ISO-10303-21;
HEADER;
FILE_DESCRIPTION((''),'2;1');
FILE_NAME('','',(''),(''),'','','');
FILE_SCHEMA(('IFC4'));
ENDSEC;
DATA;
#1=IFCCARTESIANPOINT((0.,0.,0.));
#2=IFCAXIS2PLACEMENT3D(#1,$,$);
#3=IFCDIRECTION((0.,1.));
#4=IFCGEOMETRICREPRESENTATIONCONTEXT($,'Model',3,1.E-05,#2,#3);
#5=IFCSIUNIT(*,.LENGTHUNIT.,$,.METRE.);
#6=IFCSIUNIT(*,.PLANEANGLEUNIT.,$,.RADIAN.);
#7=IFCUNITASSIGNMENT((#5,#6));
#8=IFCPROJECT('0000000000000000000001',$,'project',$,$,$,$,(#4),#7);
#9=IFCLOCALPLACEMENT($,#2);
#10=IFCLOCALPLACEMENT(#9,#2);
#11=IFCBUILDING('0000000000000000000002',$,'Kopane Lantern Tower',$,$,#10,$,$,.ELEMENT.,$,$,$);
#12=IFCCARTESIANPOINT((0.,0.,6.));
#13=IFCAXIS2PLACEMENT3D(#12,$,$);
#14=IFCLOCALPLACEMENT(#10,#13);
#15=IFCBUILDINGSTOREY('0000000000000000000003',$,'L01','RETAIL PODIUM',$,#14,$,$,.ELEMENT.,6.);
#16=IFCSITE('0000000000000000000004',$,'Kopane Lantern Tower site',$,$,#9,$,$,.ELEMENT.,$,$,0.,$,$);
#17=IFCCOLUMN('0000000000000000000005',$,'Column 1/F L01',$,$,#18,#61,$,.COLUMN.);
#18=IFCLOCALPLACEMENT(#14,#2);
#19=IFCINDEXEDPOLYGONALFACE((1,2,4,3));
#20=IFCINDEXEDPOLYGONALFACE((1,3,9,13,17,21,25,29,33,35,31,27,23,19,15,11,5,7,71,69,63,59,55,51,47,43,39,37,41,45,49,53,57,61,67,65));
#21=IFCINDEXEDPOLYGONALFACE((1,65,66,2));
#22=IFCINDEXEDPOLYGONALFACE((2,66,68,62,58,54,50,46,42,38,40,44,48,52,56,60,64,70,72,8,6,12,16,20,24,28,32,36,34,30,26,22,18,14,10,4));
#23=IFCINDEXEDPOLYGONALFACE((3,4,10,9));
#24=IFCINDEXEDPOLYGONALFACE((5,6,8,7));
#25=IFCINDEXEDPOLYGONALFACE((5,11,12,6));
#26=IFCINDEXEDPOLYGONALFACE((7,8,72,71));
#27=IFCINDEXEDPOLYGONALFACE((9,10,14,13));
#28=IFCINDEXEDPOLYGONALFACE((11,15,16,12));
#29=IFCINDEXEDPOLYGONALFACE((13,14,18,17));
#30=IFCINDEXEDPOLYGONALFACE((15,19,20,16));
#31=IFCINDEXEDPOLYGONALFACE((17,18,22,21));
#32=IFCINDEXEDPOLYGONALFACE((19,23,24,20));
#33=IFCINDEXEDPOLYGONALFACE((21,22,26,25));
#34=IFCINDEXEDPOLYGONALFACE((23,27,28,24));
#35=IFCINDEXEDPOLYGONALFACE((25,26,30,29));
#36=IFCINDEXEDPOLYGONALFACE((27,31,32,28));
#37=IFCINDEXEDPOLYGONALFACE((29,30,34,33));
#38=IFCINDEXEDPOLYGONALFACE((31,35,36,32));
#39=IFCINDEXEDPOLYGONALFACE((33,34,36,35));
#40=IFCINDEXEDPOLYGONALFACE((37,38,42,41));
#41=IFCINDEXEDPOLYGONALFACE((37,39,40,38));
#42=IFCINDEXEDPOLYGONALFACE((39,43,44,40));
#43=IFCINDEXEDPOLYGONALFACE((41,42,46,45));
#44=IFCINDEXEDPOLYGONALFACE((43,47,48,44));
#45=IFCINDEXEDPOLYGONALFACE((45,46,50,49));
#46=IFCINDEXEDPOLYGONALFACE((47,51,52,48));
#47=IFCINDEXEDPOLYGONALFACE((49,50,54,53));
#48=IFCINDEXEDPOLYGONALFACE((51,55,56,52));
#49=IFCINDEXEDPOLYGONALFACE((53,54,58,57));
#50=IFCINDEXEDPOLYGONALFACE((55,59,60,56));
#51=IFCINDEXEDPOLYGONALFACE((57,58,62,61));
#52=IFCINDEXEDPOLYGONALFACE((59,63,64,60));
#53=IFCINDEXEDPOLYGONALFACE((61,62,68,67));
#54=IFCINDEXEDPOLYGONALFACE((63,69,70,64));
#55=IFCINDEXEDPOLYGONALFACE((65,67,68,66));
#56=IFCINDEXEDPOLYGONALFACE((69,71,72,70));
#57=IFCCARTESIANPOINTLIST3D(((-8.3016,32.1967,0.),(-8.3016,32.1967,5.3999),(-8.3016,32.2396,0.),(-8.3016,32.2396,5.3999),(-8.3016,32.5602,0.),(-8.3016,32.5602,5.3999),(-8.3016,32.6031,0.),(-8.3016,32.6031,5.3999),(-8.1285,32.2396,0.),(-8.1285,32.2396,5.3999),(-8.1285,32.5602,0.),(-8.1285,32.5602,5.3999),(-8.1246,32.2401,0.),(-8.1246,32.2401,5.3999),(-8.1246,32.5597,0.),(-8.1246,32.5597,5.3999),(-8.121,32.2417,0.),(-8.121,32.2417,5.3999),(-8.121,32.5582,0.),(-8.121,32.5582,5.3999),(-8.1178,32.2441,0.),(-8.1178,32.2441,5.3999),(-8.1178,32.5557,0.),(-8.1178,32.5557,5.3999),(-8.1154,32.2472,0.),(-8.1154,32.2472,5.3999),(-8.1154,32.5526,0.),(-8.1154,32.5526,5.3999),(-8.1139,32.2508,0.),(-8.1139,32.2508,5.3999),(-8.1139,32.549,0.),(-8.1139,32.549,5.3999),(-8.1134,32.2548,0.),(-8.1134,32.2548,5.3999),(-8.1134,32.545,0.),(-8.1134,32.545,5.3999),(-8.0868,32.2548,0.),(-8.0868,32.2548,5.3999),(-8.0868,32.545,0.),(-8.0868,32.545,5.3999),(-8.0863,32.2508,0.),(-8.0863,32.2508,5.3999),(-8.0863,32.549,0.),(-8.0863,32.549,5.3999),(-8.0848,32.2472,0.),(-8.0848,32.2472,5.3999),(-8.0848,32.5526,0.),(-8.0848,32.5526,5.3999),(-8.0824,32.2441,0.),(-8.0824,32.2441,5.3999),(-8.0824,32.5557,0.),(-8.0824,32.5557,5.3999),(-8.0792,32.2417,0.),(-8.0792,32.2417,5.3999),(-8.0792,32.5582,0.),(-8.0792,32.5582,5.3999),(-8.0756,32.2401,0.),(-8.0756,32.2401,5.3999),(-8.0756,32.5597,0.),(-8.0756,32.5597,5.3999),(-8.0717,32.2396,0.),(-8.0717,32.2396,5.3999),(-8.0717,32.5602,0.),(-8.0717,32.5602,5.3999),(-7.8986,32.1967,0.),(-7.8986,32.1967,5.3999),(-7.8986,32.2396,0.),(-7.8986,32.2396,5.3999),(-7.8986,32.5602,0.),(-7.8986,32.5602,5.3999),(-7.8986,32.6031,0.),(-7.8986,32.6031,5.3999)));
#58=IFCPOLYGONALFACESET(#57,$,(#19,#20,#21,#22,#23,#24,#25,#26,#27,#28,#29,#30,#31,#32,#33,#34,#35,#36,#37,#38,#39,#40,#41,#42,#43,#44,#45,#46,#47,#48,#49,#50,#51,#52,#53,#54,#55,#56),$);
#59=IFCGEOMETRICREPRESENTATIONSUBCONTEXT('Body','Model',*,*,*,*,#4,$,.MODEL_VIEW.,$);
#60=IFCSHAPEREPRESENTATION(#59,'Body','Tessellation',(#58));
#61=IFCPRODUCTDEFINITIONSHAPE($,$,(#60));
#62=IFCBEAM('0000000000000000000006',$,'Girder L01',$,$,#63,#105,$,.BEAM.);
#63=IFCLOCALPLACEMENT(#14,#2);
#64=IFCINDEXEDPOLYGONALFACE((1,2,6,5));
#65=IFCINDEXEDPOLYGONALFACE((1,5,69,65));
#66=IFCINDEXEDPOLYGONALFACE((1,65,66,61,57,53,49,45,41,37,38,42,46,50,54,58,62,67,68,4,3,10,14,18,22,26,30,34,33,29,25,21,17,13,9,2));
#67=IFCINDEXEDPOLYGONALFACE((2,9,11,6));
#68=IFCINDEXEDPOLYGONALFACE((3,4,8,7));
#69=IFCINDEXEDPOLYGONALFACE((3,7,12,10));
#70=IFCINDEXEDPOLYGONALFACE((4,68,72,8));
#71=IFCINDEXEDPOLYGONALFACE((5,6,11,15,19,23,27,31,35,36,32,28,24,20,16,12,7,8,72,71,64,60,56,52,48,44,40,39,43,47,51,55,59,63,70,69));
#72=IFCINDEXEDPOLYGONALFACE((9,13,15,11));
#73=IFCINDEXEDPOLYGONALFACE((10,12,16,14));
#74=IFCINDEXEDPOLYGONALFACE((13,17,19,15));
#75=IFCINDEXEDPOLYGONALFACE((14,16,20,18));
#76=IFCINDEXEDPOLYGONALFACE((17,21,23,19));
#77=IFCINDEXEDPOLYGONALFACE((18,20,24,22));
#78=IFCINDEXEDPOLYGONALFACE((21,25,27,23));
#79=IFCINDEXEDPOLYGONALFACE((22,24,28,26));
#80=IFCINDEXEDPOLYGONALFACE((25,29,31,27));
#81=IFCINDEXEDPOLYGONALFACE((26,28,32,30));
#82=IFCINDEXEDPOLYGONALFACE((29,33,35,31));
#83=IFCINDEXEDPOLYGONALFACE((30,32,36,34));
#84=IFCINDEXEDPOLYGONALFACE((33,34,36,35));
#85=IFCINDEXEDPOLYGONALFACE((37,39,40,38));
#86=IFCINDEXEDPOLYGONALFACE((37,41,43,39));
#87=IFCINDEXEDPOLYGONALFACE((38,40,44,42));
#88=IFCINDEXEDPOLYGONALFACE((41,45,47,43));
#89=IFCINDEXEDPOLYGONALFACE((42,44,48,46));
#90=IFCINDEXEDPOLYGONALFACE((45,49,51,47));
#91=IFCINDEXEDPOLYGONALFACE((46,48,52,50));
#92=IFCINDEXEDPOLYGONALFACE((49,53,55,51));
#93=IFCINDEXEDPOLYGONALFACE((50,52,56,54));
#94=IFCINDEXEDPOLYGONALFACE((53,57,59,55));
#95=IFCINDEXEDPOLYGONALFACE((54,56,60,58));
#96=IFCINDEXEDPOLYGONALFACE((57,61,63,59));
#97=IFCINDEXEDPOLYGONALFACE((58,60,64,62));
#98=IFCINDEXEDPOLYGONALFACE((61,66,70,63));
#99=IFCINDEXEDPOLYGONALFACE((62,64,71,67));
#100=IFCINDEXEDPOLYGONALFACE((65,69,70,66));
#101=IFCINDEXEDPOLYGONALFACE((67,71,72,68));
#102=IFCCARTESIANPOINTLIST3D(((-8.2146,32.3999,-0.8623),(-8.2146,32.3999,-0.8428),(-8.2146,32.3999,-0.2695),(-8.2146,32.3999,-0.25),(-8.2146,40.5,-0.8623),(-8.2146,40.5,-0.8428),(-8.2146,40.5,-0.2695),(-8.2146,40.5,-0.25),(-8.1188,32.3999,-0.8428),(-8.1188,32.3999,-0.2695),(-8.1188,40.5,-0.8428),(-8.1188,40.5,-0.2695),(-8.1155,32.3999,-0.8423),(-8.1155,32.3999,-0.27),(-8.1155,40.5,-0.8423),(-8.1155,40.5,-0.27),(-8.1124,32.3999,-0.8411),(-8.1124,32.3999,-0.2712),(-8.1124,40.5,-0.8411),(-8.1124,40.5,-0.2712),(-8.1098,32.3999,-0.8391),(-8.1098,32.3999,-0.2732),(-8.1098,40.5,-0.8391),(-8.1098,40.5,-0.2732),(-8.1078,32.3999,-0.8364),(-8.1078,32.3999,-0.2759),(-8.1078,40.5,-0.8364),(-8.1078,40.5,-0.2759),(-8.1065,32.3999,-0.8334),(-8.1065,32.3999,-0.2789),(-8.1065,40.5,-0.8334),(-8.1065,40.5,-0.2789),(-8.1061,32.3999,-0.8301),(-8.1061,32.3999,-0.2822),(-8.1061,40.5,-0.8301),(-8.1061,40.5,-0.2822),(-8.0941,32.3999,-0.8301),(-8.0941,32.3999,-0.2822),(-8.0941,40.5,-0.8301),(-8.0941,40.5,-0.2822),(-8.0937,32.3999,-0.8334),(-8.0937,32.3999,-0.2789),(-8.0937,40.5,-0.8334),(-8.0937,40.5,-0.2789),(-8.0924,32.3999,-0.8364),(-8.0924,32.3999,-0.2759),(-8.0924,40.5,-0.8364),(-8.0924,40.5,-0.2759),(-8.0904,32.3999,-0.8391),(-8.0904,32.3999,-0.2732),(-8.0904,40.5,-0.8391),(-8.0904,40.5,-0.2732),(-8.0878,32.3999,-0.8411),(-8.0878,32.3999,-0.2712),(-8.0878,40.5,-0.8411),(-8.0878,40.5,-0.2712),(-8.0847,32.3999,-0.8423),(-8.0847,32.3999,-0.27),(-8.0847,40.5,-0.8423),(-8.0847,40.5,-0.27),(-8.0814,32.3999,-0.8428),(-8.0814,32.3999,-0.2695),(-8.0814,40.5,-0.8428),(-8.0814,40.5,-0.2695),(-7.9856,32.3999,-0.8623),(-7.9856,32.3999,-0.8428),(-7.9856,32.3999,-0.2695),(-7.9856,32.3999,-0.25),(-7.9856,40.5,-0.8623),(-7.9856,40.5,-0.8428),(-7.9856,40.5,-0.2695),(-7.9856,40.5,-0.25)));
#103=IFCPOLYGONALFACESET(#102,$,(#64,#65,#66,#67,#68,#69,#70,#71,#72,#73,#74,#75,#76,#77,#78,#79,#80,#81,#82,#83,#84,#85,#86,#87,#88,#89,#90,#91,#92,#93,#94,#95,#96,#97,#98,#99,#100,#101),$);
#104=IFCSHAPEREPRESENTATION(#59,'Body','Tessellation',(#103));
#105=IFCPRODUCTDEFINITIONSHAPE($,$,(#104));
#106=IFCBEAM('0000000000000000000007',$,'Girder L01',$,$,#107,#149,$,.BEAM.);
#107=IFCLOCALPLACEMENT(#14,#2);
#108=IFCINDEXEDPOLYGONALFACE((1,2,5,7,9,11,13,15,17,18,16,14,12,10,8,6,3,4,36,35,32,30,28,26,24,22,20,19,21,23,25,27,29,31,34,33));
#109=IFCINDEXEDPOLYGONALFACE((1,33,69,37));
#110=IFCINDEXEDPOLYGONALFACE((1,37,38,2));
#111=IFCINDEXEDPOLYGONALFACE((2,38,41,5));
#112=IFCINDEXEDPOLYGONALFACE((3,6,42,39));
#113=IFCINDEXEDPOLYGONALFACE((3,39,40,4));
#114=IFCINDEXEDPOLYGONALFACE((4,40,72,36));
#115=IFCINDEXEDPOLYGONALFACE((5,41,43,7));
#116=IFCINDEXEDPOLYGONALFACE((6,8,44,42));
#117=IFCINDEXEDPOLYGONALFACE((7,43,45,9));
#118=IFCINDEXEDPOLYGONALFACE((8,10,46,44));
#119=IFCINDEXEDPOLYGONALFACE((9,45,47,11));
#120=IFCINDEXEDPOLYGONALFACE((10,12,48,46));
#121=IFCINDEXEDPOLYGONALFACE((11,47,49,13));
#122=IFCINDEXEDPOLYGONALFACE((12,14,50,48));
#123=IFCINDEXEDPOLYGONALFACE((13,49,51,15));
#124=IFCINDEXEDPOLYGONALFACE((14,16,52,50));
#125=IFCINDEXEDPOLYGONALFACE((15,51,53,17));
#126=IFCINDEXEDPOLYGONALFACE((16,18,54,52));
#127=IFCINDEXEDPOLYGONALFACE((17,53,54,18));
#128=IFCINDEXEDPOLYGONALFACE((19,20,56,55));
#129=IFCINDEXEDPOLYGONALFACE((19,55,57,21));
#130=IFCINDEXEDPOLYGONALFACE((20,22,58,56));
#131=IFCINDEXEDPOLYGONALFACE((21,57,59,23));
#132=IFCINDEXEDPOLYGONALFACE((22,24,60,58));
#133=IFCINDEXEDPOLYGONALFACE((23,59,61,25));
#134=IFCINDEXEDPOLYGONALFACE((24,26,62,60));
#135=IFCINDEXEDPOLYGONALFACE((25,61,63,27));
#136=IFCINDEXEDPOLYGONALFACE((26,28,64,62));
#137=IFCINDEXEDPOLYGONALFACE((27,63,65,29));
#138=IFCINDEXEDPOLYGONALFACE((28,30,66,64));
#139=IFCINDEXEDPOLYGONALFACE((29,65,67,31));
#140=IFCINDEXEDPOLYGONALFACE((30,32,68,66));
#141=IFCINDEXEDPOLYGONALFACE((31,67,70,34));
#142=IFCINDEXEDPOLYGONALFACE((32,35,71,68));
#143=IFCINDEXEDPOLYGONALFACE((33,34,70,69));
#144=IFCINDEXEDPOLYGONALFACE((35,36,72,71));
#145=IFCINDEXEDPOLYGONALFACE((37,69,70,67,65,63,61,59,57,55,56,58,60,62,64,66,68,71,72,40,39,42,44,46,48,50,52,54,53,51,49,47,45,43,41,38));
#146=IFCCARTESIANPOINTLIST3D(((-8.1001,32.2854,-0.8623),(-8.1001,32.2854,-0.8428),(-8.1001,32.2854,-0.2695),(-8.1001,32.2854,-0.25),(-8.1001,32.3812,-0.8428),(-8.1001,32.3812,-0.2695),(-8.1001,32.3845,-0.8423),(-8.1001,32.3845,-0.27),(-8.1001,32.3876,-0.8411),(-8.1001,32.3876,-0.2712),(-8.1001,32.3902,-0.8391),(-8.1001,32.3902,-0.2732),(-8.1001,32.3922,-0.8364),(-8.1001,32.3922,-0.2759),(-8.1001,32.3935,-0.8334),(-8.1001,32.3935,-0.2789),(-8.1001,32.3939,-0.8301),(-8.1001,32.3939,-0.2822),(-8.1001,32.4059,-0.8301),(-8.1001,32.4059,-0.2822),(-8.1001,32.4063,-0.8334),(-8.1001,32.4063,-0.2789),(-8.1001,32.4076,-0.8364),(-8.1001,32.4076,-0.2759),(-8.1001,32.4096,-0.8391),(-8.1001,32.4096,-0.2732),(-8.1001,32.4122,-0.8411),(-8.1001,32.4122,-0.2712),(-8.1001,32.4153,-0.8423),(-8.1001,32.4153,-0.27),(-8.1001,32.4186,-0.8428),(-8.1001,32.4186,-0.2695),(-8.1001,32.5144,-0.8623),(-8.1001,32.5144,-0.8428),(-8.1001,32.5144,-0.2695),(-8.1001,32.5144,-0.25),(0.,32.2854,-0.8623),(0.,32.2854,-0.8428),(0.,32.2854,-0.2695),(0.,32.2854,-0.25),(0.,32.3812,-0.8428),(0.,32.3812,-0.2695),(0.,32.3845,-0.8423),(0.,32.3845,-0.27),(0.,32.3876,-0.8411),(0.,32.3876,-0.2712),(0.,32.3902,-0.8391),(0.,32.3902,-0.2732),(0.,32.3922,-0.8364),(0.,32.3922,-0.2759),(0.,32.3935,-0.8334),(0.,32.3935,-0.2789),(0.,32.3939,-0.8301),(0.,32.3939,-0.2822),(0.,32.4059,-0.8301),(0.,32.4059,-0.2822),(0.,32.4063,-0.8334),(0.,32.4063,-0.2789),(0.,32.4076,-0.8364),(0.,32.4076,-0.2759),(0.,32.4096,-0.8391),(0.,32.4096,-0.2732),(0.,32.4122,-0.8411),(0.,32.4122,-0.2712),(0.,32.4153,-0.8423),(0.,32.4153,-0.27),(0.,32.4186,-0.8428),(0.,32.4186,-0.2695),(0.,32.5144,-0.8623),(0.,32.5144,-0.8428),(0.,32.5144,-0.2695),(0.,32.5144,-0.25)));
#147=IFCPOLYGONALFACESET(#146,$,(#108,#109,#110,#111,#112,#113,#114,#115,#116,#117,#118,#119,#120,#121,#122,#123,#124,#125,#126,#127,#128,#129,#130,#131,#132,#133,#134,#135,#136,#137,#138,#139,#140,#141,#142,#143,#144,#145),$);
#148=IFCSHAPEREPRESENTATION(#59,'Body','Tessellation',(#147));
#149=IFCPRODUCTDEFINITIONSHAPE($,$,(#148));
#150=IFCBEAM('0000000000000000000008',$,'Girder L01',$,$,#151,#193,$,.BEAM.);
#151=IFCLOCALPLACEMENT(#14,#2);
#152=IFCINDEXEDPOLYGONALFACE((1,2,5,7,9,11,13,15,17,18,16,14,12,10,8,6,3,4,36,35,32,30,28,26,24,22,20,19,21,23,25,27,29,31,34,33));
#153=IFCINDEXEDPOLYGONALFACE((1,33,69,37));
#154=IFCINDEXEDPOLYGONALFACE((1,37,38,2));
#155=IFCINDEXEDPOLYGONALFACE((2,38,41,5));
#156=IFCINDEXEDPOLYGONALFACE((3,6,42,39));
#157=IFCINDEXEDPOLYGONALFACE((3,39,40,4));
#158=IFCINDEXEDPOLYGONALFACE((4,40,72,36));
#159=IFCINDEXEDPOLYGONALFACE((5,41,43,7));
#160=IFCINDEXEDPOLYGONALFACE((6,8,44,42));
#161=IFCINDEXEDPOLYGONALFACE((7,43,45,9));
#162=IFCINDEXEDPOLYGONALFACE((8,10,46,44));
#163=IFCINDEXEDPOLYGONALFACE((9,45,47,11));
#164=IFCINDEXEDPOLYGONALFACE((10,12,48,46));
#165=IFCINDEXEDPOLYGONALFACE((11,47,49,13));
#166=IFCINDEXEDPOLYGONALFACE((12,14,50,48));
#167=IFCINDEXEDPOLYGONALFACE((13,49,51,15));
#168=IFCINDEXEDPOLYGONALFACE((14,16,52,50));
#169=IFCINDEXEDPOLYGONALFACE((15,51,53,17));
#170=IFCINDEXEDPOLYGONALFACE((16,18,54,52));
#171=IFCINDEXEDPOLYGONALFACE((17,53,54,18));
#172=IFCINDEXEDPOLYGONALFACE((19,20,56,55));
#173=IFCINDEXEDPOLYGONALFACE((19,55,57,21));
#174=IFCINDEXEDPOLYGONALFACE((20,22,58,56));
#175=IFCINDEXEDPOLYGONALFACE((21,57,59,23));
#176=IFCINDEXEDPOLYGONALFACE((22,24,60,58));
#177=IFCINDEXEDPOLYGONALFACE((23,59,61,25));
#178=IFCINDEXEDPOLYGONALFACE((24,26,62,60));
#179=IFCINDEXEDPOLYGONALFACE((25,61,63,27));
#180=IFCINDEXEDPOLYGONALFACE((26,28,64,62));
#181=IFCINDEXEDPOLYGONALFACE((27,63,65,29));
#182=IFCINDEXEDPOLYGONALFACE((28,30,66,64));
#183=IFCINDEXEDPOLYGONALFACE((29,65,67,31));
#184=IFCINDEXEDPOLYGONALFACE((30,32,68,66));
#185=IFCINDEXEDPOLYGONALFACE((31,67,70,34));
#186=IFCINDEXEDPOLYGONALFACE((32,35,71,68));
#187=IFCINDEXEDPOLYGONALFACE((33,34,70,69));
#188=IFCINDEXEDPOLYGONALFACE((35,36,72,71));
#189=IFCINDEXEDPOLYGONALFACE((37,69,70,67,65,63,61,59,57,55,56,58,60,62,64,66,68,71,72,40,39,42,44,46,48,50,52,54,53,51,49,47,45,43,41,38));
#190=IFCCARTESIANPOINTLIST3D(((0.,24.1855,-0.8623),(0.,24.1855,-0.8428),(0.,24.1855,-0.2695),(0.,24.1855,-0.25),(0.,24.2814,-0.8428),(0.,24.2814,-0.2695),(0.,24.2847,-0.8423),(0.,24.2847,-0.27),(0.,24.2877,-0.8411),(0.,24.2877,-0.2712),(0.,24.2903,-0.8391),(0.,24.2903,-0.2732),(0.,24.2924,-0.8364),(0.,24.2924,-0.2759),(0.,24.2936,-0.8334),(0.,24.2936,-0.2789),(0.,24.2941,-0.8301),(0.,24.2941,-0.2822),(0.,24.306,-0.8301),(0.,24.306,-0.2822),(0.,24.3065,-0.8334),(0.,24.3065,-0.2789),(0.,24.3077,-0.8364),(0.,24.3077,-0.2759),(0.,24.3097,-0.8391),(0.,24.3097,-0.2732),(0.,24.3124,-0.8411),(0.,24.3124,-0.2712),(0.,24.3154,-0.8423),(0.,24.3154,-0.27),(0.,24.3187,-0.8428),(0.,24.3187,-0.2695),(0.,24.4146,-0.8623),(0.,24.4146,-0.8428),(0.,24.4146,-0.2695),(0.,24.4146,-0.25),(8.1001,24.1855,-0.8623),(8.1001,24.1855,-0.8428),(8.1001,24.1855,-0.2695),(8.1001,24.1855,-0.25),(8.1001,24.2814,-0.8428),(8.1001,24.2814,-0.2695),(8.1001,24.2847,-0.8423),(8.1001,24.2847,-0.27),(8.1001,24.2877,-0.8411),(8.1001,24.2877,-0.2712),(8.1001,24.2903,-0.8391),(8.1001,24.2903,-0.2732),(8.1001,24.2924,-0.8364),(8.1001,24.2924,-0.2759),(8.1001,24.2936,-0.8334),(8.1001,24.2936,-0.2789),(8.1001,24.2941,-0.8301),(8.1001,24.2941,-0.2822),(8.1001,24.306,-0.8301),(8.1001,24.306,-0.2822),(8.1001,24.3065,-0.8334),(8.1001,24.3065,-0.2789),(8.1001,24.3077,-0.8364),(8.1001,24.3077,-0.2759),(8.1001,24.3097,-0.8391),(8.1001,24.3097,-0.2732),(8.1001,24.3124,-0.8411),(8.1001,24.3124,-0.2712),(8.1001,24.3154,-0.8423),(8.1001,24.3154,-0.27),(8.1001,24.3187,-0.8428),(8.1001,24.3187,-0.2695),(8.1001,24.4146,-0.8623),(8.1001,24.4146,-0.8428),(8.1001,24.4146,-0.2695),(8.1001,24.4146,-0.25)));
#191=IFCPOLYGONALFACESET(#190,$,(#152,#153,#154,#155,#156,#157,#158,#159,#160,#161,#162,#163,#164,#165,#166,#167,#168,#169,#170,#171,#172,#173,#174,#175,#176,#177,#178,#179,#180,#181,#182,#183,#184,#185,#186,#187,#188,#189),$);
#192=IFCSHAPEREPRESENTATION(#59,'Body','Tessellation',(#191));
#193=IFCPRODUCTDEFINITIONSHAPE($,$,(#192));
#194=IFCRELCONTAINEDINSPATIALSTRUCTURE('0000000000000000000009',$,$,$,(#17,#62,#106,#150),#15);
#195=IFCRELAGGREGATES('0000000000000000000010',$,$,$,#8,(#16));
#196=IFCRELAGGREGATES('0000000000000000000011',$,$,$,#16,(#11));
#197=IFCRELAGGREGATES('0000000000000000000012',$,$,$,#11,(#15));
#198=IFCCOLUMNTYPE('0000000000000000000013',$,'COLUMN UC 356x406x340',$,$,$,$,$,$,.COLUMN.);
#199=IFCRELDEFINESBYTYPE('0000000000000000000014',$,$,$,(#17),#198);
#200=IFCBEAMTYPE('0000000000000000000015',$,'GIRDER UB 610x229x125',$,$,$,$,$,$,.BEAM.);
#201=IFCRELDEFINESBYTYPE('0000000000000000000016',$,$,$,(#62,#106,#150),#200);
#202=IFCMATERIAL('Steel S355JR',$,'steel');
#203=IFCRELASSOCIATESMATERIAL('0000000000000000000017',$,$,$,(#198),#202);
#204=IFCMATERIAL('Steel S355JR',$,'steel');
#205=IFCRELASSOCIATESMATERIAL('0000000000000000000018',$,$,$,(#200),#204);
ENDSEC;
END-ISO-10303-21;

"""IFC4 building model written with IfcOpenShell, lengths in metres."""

from ifc_helpers import new_model, si_unit, direction, frame, origin, origin_2d, place, context, subcontext, project, spatial, i_section, extrude, material, material_profile, profile_set, type_object, element, save


model = new_model("IFC4")

# Units and contexts
model_context = context("Model", 3, precision=1e-05, world=origin(), true_north=direction((0.0, 1.0)))
body_context = subcontext(model_context, "Body", "Model", "MODEL_VIEW")
ifc_project = project(units=[si_unit("LENGTHUNIT", "METRE"), si_unit("PLANEANGLEUNIT", "RADIAN")], contexts=[model_context])

# Site, building, storey
site_placement = place(None, origin())
site = spatial("IfcSite", under=ifc_project, at=site_placement, Name="Kopane Lantern Tower site", CompositionType="ELEMENT", RefElevation=0.0)
building_placement = place(site_placement, origin())
building = spatial("IfcBuilding", under=site, at=building_placement, Name="Kopane Lantern Tower", CompositionType="ELEMENT")
storey_placement = place(building_placement, frame((0.0, 0.0, 6.0)))
storey = spatial("IfcBuildingStorey", under=building, at=storey_placement, Name="L01", Description="RETAIL PODIUM", CompositionType="ELEMENT", Elevation=6.0)

# Column
ifc_material_1 = material(Name="Steel S355JR", Category="steel")
ifc_material_profile_1 = material_profile(ifc_material_1, i_section(OverallWidth=0.4031, OverallDepth=0.4065, WebThickness=0.0266, FlangeThickness=0.043, FilletRadius=0.0151, at=origin_2d()), Name="UC 356x406x340")
ifc_profile_set_1 = profile_set([ifc_material_profile_1], Name="Steel S355JR")
column_type = type_object("IfcColumnType", Name="COLUMN UC 356x406x340", PredefinedType="COLUMN", material=ifc_profile_set_1)
column_placement = place(storey_placement, frame((-8.1001, 32.3999, 0.0), z_axis=(0.0, 0.0, 1.0), x_axis=(1.0, 0.0, 0.0)))
element("IfcColumn", 1, at=column_placement, inside=storey, type_object=column_type, Name="Column 1/F L01", PredefinedType="COLUMN", context=body_context, shape_type="SweptSolid", body=[
    extrude(i_section(OverallWidth=0.4031, OverallDepth=0.4065, WebThickness=0.0266, FlangeThickness=0.043, FilletRadius=0.0151, at=origin_2d()), origin(), (0.0, 0.0, 1.0), 5.3999),
])

# Beams
ifc_material_2 = material(Name="Steel S355JR", Category="steel")
ifc_material_profile_2 = material_profile(ifc_material_2, i_section(OverallWidth=0.229, OverallDepth=0.6123, WebThickness=0.012, FlangeThickness=0.0195, FilletRadius=0.0127, at=origin_2d()), Name="UB 610x229x125")
ifc_profile_set_2 = profile_set([ifc_material_profile_2], Name="Steel S355JR")
beam_type = type_object("IfcBeamType", Name="GIRDER UB 610x229x125", PredefinedType="BEAM", material=ifc_profile_set_2)
for number, where, z_axis, x_axis, name in (
    (2, (-8.1001, 32.3999, -0.5562), (0.0, 1.0, 0.0), (-1.0, 0.0, 0.0), "Girder L01"),
    (3, (-8.1001, 32.3999, -0.5562), (1.0, 0.0, 0.0), (0.0, 1.0, 0.0), "Girder L01"),
    (4, (0.0, 24.3, -0.5562), (1.0, 0.0, 0.0), (0.0, 1.0, 0.0), "Girder L01"),
):
    element("IfcBeam", number, at=place(storey_placement, frame(where, z_axis=z_axis, x_axis=x_axis)), inside=storey, type_object=beam_type, Name=name, PredefinedType="BEAM", context=body_context, shape_type="SweptSolid", body=[
        extrude(i_section(OverallWidth=0.229, OverallDepth=0.6123, WebThickness=0.012, FlangeThickness=0.0195, FilletRadius=0.0127, at=origin_2d()), origin(), (0.0, 0.0, 1.0), 8.1001),
    ])

save(model, "model.ifc")
